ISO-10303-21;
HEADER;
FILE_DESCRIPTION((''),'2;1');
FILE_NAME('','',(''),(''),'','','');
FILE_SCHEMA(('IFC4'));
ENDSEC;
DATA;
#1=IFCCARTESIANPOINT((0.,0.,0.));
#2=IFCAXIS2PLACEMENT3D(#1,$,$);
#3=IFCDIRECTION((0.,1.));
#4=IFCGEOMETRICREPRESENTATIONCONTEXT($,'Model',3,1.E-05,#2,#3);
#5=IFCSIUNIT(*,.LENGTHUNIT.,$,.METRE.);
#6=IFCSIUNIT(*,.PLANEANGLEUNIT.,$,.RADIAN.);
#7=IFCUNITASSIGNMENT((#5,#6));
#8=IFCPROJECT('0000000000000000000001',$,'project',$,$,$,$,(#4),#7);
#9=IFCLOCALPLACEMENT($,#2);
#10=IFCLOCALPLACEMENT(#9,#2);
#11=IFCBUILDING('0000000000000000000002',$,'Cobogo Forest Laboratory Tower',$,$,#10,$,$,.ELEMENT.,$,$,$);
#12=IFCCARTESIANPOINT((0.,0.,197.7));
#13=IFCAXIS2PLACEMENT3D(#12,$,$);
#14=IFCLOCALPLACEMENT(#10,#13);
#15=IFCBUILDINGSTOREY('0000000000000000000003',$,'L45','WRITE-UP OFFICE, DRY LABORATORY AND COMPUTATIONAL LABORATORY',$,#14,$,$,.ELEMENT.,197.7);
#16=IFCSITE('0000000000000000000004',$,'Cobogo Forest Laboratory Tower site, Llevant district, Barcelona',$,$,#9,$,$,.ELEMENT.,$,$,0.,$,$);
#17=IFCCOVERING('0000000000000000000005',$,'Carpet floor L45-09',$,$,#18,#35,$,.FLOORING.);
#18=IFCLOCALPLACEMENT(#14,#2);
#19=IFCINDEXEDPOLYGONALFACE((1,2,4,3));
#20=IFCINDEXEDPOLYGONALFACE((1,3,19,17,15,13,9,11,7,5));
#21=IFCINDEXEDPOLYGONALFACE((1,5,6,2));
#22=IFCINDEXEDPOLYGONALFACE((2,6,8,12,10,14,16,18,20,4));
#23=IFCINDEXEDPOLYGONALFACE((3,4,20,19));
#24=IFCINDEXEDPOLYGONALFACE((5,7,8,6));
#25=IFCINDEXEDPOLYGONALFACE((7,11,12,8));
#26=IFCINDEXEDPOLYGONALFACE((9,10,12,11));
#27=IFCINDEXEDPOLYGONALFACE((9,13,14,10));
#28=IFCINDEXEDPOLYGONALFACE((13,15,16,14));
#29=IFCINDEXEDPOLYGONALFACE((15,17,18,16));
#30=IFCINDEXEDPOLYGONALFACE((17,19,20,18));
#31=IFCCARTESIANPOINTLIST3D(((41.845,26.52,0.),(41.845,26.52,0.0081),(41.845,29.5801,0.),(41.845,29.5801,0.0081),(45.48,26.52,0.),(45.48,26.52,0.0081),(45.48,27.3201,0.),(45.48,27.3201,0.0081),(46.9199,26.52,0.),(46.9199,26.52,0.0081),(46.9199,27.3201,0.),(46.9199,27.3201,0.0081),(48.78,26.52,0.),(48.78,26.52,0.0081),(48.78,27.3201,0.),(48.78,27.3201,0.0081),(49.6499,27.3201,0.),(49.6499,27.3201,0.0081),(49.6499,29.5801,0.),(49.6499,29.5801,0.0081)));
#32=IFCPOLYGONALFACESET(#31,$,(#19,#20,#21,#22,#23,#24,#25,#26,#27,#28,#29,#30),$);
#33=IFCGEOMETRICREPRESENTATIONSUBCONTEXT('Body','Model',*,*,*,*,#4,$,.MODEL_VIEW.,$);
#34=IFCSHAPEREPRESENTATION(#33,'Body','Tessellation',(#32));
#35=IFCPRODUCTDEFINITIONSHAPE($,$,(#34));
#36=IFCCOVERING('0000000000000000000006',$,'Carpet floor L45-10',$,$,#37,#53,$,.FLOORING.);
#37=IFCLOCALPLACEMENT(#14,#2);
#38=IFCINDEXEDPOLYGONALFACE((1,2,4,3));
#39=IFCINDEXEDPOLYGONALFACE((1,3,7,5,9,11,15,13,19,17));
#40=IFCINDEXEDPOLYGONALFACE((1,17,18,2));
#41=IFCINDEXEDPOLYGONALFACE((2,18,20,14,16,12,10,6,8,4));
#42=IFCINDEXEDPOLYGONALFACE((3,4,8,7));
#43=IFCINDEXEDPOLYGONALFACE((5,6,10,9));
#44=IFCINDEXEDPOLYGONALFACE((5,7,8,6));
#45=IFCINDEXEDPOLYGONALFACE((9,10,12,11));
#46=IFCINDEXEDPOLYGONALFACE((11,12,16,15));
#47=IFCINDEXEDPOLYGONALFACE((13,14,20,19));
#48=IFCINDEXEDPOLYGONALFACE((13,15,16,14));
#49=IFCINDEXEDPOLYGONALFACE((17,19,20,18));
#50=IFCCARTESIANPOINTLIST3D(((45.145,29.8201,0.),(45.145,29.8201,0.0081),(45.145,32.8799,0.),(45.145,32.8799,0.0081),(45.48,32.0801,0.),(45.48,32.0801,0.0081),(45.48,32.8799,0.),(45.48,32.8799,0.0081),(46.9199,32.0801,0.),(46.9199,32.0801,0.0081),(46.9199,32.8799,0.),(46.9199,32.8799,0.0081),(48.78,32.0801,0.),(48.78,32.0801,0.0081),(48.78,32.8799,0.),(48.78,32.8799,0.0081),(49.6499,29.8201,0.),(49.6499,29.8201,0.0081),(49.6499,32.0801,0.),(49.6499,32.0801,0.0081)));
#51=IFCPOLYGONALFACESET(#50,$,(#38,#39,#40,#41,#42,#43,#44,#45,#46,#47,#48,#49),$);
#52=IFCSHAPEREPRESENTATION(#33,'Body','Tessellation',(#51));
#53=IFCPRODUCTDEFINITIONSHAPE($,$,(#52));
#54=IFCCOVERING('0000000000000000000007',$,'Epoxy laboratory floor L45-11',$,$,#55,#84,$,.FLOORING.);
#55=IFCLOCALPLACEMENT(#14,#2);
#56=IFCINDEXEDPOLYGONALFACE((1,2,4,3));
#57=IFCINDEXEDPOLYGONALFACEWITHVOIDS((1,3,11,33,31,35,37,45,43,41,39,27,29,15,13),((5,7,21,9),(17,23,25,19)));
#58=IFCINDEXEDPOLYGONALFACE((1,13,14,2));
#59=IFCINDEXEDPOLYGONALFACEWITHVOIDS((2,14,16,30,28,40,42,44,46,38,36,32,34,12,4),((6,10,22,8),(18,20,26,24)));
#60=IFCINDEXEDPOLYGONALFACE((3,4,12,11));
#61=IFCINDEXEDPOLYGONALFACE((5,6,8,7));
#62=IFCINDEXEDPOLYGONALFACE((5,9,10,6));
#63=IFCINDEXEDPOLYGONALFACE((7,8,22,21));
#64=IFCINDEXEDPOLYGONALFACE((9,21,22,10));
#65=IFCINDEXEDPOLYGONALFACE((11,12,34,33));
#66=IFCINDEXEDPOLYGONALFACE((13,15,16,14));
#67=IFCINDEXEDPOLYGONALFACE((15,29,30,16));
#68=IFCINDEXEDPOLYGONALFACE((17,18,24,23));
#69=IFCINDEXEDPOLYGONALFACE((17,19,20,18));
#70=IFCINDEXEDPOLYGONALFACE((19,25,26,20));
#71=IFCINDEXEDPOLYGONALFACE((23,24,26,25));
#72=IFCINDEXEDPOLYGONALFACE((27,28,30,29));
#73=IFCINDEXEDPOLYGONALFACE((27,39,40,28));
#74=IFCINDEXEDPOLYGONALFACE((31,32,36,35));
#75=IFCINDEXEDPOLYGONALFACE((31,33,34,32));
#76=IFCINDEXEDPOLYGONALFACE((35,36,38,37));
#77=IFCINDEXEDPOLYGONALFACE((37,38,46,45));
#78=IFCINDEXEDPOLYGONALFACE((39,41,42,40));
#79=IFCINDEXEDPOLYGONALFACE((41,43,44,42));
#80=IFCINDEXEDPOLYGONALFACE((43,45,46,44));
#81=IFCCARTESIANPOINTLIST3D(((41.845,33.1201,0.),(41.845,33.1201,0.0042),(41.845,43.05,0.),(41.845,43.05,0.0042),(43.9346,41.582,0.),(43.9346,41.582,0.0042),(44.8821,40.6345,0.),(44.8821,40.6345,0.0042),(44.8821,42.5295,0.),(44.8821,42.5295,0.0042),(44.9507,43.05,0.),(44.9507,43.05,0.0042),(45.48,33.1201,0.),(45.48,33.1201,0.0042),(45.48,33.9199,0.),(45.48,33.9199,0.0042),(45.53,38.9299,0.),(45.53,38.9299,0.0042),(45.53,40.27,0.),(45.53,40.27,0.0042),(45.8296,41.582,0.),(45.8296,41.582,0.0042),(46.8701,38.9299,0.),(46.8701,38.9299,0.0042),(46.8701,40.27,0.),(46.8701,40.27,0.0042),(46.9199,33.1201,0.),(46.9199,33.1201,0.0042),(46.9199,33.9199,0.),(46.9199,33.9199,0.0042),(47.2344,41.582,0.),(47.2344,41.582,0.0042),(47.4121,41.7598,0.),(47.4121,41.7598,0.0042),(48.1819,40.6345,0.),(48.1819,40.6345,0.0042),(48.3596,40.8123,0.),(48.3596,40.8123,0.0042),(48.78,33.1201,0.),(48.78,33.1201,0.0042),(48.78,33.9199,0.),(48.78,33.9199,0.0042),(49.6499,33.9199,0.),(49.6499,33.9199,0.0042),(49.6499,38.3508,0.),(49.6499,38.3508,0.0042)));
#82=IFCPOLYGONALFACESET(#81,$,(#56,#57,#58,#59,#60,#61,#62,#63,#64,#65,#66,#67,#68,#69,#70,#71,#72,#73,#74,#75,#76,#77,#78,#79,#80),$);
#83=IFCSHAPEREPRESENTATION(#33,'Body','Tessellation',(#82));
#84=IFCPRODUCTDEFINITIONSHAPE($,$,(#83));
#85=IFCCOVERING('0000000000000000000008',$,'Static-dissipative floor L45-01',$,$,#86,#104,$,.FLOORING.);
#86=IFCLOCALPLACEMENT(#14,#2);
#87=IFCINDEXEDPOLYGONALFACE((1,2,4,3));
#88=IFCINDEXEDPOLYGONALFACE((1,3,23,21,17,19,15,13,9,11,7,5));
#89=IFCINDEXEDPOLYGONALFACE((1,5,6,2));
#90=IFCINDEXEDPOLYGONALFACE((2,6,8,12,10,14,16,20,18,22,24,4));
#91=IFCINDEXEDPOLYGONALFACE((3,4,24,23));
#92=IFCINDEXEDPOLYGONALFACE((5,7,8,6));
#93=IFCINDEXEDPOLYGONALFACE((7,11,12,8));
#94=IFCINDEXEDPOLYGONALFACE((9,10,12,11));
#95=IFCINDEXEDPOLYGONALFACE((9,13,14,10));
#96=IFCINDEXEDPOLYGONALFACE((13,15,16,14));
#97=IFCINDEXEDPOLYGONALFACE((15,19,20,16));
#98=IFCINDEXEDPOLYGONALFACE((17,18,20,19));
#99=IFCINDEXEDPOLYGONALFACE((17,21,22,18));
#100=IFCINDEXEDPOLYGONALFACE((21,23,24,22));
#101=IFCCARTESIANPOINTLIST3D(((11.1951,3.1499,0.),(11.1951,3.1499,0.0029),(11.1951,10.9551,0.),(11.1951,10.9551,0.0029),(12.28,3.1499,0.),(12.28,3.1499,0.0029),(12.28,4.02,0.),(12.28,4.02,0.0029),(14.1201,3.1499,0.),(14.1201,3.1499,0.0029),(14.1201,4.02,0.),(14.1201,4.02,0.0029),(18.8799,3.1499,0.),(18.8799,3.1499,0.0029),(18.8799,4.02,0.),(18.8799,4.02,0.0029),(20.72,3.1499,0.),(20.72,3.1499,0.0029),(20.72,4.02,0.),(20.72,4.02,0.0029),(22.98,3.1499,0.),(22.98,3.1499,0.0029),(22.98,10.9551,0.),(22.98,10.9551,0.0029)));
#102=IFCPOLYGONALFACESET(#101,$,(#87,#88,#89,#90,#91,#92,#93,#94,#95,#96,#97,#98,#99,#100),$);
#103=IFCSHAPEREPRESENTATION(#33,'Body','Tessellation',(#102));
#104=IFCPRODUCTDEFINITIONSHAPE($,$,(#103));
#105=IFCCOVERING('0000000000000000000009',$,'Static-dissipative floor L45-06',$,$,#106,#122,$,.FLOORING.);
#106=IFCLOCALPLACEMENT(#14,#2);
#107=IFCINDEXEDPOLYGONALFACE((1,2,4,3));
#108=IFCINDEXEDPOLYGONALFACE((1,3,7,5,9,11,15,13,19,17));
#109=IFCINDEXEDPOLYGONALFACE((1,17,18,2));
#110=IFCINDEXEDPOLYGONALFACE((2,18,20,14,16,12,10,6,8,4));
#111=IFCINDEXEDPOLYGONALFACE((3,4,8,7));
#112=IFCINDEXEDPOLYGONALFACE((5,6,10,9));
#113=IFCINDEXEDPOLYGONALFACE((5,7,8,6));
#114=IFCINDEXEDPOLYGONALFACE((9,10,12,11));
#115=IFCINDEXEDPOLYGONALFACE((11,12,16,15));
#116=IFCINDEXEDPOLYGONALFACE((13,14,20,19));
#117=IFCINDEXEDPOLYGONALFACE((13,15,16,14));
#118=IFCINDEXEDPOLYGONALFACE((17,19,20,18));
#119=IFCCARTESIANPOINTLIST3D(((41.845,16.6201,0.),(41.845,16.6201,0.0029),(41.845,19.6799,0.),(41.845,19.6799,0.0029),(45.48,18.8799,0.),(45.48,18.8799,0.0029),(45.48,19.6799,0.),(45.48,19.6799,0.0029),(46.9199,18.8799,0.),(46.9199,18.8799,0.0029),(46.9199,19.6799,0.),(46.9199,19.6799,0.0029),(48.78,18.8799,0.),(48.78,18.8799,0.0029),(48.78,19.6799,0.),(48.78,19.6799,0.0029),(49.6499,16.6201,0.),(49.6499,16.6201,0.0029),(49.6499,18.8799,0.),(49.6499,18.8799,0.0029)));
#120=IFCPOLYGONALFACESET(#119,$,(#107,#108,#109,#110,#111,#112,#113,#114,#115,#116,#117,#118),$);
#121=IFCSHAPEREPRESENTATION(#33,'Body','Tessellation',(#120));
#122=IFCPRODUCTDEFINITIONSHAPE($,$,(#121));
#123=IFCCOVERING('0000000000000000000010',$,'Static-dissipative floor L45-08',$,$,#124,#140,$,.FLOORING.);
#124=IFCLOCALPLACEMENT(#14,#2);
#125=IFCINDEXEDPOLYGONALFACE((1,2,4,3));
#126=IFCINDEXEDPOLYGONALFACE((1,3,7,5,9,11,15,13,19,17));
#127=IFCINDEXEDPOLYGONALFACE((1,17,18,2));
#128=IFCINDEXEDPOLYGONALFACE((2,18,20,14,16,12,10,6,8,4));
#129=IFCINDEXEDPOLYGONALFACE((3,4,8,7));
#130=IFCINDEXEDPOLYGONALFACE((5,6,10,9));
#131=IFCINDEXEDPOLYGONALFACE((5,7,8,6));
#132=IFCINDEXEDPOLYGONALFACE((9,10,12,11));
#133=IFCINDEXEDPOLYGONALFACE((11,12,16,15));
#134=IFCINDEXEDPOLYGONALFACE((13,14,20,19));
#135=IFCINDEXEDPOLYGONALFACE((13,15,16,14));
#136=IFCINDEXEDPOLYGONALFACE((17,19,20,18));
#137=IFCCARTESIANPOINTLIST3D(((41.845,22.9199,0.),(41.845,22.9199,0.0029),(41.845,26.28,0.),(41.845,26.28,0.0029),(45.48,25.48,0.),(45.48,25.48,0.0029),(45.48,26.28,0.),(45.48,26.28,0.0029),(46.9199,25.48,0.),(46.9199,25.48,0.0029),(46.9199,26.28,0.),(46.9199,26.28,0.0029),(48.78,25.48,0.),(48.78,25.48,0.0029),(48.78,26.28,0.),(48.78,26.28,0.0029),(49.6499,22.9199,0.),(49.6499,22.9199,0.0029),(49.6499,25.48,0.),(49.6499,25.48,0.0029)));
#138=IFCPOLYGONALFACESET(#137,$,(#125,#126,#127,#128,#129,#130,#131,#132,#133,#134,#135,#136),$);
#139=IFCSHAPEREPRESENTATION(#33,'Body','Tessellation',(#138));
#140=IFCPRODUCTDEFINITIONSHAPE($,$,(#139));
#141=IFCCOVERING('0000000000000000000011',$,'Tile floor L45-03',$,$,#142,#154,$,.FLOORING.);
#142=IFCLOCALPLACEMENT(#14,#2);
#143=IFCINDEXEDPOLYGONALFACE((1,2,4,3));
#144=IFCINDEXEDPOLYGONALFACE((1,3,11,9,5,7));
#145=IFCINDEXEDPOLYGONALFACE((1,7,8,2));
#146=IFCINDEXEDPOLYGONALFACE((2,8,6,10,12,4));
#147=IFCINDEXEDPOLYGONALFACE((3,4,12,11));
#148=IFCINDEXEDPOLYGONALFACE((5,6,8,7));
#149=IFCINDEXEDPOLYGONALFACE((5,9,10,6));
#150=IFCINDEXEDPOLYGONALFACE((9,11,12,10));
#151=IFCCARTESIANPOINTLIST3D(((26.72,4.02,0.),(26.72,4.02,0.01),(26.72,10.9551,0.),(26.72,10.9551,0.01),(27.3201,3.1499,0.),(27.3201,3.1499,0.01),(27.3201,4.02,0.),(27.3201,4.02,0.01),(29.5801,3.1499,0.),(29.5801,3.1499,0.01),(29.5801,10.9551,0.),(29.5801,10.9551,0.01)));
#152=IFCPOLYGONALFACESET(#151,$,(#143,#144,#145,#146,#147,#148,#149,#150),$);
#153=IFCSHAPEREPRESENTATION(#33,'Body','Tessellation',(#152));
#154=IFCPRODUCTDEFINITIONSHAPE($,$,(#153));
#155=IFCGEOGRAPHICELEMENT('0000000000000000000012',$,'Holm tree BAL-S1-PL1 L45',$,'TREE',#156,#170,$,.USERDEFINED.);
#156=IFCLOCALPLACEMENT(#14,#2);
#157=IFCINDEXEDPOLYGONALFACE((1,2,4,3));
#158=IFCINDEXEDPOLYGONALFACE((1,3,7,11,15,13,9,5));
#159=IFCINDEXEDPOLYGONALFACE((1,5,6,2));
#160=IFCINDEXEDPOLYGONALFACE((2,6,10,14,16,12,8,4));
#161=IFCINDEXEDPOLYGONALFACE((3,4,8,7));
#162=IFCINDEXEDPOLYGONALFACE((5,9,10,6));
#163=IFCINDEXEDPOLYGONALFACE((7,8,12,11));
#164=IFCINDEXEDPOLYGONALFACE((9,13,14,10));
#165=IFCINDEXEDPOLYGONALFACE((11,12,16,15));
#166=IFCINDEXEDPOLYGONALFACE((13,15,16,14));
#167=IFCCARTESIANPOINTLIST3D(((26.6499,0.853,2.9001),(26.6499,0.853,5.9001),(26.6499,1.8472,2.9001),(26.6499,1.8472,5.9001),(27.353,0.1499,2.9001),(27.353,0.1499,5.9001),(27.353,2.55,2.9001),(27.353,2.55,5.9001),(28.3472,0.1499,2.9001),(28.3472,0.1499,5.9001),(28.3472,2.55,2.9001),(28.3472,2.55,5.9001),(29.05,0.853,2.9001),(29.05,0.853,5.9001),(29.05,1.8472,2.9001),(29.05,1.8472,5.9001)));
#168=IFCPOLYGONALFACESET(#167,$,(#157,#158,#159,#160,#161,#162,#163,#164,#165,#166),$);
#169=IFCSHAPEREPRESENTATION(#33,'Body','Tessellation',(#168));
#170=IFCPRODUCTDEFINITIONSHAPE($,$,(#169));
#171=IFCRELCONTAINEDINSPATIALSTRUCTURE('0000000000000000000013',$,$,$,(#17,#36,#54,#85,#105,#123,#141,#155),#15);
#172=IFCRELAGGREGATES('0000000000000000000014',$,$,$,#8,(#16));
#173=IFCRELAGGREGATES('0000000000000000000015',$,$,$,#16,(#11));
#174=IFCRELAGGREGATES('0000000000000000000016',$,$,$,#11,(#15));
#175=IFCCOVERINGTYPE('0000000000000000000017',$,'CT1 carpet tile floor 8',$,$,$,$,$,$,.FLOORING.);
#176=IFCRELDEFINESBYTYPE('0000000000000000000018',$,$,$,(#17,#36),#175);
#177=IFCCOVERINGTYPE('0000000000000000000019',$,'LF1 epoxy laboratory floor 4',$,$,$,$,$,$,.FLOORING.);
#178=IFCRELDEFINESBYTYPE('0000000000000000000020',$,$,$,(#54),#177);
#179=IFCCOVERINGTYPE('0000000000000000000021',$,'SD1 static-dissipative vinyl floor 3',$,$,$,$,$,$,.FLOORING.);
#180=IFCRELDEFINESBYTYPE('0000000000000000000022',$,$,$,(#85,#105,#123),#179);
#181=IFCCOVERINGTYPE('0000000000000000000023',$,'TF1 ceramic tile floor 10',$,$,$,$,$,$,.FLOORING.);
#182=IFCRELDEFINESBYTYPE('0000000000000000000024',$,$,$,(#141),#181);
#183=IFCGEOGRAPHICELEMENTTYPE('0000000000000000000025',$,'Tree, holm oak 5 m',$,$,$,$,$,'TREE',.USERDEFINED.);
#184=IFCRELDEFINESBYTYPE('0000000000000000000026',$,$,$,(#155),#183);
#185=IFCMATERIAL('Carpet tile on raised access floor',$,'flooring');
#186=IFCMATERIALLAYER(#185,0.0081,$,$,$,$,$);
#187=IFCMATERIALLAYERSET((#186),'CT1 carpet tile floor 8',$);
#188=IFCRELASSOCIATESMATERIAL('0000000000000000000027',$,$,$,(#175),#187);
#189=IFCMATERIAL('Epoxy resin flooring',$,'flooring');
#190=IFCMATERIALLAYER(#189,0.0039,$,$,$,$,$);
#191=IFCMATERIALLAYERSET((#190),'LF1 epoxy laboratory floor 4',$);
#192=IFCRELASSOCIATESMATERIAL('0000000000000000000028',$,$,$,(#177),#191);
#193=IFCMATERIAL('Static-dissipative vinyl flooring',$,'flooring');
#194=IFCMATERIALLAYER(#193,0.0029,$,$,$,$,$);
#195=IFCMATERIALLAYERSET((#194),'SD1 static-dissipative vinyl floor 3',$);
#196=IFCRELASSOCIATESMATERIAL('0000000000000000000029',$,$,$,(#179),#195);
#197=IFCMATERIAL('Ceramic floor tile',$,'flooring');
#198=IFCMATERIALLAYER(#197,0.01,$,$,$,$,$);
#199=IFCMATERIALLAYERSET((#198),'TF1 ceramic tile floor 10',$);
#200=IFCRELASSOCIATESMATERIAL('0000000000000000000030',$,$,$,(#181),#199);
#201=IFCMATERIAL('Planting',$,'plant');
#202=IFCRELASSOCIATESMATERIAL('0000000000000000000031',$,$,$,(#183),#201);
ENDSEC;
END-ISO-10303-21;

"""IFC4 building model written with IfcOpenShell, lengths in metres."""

from ifc_helpers import new_model, si_unit, direction, frame, origin, place, context, subcontext, project, spatial, polyline, outline, extrude, material, layer, layer_set, type_object, element, save


model = new_model("IFC4")

# Units and contexts
model_context = context("Model", 3, precision=1e-05, world=origin(), true_north=direction((0.0, 1.0)))
body_context = subcontext(model_context, "Body", "Model", "MODEL_VIEW")
ifc_project = project(units=[si_unit("LENGTHUNIT", "METRE"), si_unit("PLANEANGLEUNIT", "RADIAN")], contexts=[model_context])

# Site, building, storey
site_placement = place(None, origin())
site = spatial("IfcSite", under=ifc_project, at=site_placement, Name="Cobogo Forest Laboratory Tower site, Llevant district, Barcelona", CompositionType="ELEMENT", RefElevation=0.0)
building_placement = place(site_placement, origin())
building = spatial("IfcBuilding", under=site, at=building_placement, Name="Cobogo Forest Laboratory Tower", CompositionType="ELEMENT")
storey_placement = place(building_placement, frame((0.0, 0.0, 197.7)))
storey = spatial("IfcBuildingStorey", under=building, at=storey_placement, Name="L45", Description="WRITE-UP OFFICE, DRY LABORATORY AND COMPUTATIONAL LABORATORY", CompositionType="ELEMENT", Elevation=197.7)

# Coverings
ifc_material_1 = material(Name="Carpet tile on raised access floor", Category="flooring")
ifc_layer_1 = layer(ifc_material_1, 0.0081)
ifc_layer_set_1 = layer_set([ifc_layer_1], Name="CT1 carpet tile floor 8")
covering_type_1 = type_object("IfcCoveringType", Name="CT1 carpet tile floor 8", PredefinedType="FLOORING", material=ifc_layer_set_1)
covering_1_placement = place(storey_placement, origin())
element("IfcCovering", 1, at=covering_1_placement, inside=storey, type_object=covering_type_1, Name="Carpet floor L45-09", PredefinedType="FLOORING", context=body_context, shape_type="SweptSolid", body=[
    extrude(outline(polyline([(41.845, 29.5801), (49.6499, 29.5801), (49.6499, 27.3201), (48.78, 27.3201), (48.78, 26.52), (46.9199, 26.52), (46.9199, 27.3201), (45.48, 27.3201), (45.48, 26.52), (41.845, 26.52), (41.845, 29.5801)])), origin(), (0.0, 0.0, 1.0), 0.0081),
])
covering_2_placement = place(storey_placement, origin())
element("IfcCovering", 2, at=covering_2_placement, inside=storey, type_object=covering_type_1, Name="Carpet floor L45-10", PredefinedType="FLOORING", context=body_context, shape_type="SweptSolid", body=[
    extrude(outline(polyline([(45.145, 32.8799), (45.48, 32.8799), (45.48, 32.0801), (46.9199, 32.0801), (46.9199, 32.8799), (48.78, 32.8799), (48.78, 32.0801), (49.6499, 32.0801), (49.6499, 29.8201), (45.145, 29.8201), (45.145, 32.8799)])), origin(), (0.0, 0.0, 1.0), 0.0081),
])
ifc_material_2 = material(Name="Epoxy resin flooring", Category="flooring")
ifc_layer_2 = layer(ifc_material_2, 0.0039)
ifc_layer_set_2 = layer_set([ifc_layer_2], Name="LF1 epoxy laboratory floor 4")
covering_type_2 = type_object("IfcCoveringType", Name="LF1 epoxy laboratory floor 4", PredefinedType="FLOORING", material=ifc_layer_set_2)
covering_3_placement = place(storey_placement, origin())
element("IfcCovering", 3, at=covering_3_placement, inside=storey, type_object=covering_type_2, Name="Epoxy laboratory floor L45-11", PredefinedType="FLOORING", context=body_context, shape_type="SweptSolid", body=[
    extrude(outline(polyline([(41.845, 43.05), (44.9507, 43.05), (47.4121, 41.7598), (47.2344, 41.582), (48.1819, 40.6345), (48.3596, 40.8123), (49.6499, 38.3508), (49.6499, 33.9199), (48.78, 33.9199), (48.78, 33.1201), (46.9199, 33.1201), (46.9199, 33.9199), (45.48, 33.9199), (45.48, 33.1201), (41.845, 33.1201), (41.845, 43.05)]), holes=[polyline([(45.53, 40.27), (45.53, 38.9299), (46.8701, 38.9299), (46.8701, 40.27), (45.53, 40.27)]), polyline([(44.8821, 40.6345), (45.8296, 41.582), (44.8821, 42.5295), (43.9346, 41.582), (44.8821, 40.6345)])]), origin(), (0.0, 0.0, 1.0), 0.0042),
])
ifc_material_3 = material(Name="Static-dissipative vinyl flooring", Category="flooring")
ifc_layer_3 = layer(ifc_material_3, 0.0029)
ifc_layer_set_3 = layer_set([ifc_layer_3], Name="SD1 static-dissipative vinyl floor 3")
covering_type_3 = type_object("IfcCoveringType", Name="SD1 static-dissipative vinyl floor 3", PredefinedType="FLOORING", material=ifc_layer_set_3)
covering_4_placement = place(storey_placement, origin())
element("IfcCovering", 4, at=covering_4_placement, inside=storey, type_object=covering_type_3, Name="Static-dissipative floor L45-01", PredefinedType="FLOORING", context=body_context, shape_type="SweptSolid", body=[
    extrude(outline(polyline([(22.98, 10.9551), (22.98, 3.1499), (20.72, 3.1499), (20.72, 4.02), (18.8799, 4.02), (18.8799, 3.1499), (14.1201, 3.1499), (14.1201, 4.02), (12.28, 4.02), (12.28, 3.1499), (11.1951, 3.1499), (11.1951, 10.9551), (22.98, 10.9551)])), origin(), (0.0, 0.0, 1.0), 0.0029),
])
covering_5_placement = place(storey_placement, origin())
element("IfcCovering", 5, at=covering_5_placement, inside=storey, type_object=covering_type_3, Name="Static-dissipative floor L45-06", PredefinedType="FLOORING", context=body_context, shape_type="SweptSolid", body=[
    extrude(outline(polyline([(41.845, 19.6799), (45.48, 19.6799), (45.48, 18.8799), (46.9199, 18.8799), (46.9199, 19.6799), (48.78, 19.6799), (48.78, 18.8799), (49.6499, 18.8799), (49.6499, 16.6201), (41.845, 16.6201), (41.845, 19.6799)])), origin(), (0.0, 0.0, 1.0), 0.0029),
])
covering_6_placement = place(storey_placement, origin())
element("IfcCovering", 6, at=covering_6_placement, inside=storey, type_object=covering_type_3, Name="Static-dissipative floor L45-08", PredefinedType="FLOORING", context=body_context, shape_type="SweptSolid", body=[
    extrude(outline(polyline([(41.845, 26.28), (45.48, 26.28), (45.48, 25.48), (46.9199, 25.48), (46.9199, 26.28), (48.78, 26.28), (48.78, 25.48), (49.6499, 25.48), (49.6499, 22.9199), (41.845, 22.9199), (41.845, 26.28)])), origin(), (0.0, 0.0, 1.0), 0.0029),
])
ifc_material_4 = material(Name="Ceramic floor tile", Category="flooring")
ifc_layer_4 = layer(ifc_material_4, 0.01)
ifc_layer_set_4 = layer_set([ifc_layer_4], Name="TF1 ceramic tile floor 10")
covering_type_4 = type_object("IfcCoveringType", Name="TF1 ceramic tile floor 10", PredefinedType="FLOORING", material=ifc_layer_set_4)
covering_7_placement = place(storey_placement, origin())
element("IfcCovering", 7, at=covering_7_placement, inside=storey, type_object=covering_type_4, Name="Tile floor L45-03", PredefinedType="FLOORING", context=body_context, shape_type="SweptSolid", body=[
    extrude(outline(polyline([(29.5801, 10.9551), (29.5801, 3.1499), (27.3201, 3.1499), (27.3201, 4.02), (26.72, 4.02), (26.72, 10.9551), (29.5801, 10.9551)])), origin(), (0.0, 0.0, 1.0), 0.01),
])

# Geographic element
ifc_material_5 = material(Name="Planting", Category="plant")
geographic_element_type = type_object("IfcGeographicElementType", Name="Tree, holm oak 5 m", ElementType="TREE", PredefinedType="USERDEFINED", material=ifc_material_5)
geographic_element_1_placement = place(storey_placement, frame((0.0, 0.0, 2.9001)))
element("IfcGeographicElement", 8, at=geographic_element_1_placement, inside=storey, type_object=geographic_element_type, Name="Holm tree BAL-S1-PL1 L45", ObjectType="TREE", PredefinedType="USERDEFINED", context=body_context, shape_type="SweptSolid", body=[
    extrude(outline(polyline([(29.05, 0.853), (29.05, 1.8472), (28.3472, 2.55), (27.353, 2.55), (26.6499, 1.8472), (26.6499, 0.853), (27.353, 0.1499), (28.3472, 0.1499), (29.05, 0.853)])), origin(), (0.0, 0.0, 1.0), 3.0),
])

save(model, "model.ifc")
